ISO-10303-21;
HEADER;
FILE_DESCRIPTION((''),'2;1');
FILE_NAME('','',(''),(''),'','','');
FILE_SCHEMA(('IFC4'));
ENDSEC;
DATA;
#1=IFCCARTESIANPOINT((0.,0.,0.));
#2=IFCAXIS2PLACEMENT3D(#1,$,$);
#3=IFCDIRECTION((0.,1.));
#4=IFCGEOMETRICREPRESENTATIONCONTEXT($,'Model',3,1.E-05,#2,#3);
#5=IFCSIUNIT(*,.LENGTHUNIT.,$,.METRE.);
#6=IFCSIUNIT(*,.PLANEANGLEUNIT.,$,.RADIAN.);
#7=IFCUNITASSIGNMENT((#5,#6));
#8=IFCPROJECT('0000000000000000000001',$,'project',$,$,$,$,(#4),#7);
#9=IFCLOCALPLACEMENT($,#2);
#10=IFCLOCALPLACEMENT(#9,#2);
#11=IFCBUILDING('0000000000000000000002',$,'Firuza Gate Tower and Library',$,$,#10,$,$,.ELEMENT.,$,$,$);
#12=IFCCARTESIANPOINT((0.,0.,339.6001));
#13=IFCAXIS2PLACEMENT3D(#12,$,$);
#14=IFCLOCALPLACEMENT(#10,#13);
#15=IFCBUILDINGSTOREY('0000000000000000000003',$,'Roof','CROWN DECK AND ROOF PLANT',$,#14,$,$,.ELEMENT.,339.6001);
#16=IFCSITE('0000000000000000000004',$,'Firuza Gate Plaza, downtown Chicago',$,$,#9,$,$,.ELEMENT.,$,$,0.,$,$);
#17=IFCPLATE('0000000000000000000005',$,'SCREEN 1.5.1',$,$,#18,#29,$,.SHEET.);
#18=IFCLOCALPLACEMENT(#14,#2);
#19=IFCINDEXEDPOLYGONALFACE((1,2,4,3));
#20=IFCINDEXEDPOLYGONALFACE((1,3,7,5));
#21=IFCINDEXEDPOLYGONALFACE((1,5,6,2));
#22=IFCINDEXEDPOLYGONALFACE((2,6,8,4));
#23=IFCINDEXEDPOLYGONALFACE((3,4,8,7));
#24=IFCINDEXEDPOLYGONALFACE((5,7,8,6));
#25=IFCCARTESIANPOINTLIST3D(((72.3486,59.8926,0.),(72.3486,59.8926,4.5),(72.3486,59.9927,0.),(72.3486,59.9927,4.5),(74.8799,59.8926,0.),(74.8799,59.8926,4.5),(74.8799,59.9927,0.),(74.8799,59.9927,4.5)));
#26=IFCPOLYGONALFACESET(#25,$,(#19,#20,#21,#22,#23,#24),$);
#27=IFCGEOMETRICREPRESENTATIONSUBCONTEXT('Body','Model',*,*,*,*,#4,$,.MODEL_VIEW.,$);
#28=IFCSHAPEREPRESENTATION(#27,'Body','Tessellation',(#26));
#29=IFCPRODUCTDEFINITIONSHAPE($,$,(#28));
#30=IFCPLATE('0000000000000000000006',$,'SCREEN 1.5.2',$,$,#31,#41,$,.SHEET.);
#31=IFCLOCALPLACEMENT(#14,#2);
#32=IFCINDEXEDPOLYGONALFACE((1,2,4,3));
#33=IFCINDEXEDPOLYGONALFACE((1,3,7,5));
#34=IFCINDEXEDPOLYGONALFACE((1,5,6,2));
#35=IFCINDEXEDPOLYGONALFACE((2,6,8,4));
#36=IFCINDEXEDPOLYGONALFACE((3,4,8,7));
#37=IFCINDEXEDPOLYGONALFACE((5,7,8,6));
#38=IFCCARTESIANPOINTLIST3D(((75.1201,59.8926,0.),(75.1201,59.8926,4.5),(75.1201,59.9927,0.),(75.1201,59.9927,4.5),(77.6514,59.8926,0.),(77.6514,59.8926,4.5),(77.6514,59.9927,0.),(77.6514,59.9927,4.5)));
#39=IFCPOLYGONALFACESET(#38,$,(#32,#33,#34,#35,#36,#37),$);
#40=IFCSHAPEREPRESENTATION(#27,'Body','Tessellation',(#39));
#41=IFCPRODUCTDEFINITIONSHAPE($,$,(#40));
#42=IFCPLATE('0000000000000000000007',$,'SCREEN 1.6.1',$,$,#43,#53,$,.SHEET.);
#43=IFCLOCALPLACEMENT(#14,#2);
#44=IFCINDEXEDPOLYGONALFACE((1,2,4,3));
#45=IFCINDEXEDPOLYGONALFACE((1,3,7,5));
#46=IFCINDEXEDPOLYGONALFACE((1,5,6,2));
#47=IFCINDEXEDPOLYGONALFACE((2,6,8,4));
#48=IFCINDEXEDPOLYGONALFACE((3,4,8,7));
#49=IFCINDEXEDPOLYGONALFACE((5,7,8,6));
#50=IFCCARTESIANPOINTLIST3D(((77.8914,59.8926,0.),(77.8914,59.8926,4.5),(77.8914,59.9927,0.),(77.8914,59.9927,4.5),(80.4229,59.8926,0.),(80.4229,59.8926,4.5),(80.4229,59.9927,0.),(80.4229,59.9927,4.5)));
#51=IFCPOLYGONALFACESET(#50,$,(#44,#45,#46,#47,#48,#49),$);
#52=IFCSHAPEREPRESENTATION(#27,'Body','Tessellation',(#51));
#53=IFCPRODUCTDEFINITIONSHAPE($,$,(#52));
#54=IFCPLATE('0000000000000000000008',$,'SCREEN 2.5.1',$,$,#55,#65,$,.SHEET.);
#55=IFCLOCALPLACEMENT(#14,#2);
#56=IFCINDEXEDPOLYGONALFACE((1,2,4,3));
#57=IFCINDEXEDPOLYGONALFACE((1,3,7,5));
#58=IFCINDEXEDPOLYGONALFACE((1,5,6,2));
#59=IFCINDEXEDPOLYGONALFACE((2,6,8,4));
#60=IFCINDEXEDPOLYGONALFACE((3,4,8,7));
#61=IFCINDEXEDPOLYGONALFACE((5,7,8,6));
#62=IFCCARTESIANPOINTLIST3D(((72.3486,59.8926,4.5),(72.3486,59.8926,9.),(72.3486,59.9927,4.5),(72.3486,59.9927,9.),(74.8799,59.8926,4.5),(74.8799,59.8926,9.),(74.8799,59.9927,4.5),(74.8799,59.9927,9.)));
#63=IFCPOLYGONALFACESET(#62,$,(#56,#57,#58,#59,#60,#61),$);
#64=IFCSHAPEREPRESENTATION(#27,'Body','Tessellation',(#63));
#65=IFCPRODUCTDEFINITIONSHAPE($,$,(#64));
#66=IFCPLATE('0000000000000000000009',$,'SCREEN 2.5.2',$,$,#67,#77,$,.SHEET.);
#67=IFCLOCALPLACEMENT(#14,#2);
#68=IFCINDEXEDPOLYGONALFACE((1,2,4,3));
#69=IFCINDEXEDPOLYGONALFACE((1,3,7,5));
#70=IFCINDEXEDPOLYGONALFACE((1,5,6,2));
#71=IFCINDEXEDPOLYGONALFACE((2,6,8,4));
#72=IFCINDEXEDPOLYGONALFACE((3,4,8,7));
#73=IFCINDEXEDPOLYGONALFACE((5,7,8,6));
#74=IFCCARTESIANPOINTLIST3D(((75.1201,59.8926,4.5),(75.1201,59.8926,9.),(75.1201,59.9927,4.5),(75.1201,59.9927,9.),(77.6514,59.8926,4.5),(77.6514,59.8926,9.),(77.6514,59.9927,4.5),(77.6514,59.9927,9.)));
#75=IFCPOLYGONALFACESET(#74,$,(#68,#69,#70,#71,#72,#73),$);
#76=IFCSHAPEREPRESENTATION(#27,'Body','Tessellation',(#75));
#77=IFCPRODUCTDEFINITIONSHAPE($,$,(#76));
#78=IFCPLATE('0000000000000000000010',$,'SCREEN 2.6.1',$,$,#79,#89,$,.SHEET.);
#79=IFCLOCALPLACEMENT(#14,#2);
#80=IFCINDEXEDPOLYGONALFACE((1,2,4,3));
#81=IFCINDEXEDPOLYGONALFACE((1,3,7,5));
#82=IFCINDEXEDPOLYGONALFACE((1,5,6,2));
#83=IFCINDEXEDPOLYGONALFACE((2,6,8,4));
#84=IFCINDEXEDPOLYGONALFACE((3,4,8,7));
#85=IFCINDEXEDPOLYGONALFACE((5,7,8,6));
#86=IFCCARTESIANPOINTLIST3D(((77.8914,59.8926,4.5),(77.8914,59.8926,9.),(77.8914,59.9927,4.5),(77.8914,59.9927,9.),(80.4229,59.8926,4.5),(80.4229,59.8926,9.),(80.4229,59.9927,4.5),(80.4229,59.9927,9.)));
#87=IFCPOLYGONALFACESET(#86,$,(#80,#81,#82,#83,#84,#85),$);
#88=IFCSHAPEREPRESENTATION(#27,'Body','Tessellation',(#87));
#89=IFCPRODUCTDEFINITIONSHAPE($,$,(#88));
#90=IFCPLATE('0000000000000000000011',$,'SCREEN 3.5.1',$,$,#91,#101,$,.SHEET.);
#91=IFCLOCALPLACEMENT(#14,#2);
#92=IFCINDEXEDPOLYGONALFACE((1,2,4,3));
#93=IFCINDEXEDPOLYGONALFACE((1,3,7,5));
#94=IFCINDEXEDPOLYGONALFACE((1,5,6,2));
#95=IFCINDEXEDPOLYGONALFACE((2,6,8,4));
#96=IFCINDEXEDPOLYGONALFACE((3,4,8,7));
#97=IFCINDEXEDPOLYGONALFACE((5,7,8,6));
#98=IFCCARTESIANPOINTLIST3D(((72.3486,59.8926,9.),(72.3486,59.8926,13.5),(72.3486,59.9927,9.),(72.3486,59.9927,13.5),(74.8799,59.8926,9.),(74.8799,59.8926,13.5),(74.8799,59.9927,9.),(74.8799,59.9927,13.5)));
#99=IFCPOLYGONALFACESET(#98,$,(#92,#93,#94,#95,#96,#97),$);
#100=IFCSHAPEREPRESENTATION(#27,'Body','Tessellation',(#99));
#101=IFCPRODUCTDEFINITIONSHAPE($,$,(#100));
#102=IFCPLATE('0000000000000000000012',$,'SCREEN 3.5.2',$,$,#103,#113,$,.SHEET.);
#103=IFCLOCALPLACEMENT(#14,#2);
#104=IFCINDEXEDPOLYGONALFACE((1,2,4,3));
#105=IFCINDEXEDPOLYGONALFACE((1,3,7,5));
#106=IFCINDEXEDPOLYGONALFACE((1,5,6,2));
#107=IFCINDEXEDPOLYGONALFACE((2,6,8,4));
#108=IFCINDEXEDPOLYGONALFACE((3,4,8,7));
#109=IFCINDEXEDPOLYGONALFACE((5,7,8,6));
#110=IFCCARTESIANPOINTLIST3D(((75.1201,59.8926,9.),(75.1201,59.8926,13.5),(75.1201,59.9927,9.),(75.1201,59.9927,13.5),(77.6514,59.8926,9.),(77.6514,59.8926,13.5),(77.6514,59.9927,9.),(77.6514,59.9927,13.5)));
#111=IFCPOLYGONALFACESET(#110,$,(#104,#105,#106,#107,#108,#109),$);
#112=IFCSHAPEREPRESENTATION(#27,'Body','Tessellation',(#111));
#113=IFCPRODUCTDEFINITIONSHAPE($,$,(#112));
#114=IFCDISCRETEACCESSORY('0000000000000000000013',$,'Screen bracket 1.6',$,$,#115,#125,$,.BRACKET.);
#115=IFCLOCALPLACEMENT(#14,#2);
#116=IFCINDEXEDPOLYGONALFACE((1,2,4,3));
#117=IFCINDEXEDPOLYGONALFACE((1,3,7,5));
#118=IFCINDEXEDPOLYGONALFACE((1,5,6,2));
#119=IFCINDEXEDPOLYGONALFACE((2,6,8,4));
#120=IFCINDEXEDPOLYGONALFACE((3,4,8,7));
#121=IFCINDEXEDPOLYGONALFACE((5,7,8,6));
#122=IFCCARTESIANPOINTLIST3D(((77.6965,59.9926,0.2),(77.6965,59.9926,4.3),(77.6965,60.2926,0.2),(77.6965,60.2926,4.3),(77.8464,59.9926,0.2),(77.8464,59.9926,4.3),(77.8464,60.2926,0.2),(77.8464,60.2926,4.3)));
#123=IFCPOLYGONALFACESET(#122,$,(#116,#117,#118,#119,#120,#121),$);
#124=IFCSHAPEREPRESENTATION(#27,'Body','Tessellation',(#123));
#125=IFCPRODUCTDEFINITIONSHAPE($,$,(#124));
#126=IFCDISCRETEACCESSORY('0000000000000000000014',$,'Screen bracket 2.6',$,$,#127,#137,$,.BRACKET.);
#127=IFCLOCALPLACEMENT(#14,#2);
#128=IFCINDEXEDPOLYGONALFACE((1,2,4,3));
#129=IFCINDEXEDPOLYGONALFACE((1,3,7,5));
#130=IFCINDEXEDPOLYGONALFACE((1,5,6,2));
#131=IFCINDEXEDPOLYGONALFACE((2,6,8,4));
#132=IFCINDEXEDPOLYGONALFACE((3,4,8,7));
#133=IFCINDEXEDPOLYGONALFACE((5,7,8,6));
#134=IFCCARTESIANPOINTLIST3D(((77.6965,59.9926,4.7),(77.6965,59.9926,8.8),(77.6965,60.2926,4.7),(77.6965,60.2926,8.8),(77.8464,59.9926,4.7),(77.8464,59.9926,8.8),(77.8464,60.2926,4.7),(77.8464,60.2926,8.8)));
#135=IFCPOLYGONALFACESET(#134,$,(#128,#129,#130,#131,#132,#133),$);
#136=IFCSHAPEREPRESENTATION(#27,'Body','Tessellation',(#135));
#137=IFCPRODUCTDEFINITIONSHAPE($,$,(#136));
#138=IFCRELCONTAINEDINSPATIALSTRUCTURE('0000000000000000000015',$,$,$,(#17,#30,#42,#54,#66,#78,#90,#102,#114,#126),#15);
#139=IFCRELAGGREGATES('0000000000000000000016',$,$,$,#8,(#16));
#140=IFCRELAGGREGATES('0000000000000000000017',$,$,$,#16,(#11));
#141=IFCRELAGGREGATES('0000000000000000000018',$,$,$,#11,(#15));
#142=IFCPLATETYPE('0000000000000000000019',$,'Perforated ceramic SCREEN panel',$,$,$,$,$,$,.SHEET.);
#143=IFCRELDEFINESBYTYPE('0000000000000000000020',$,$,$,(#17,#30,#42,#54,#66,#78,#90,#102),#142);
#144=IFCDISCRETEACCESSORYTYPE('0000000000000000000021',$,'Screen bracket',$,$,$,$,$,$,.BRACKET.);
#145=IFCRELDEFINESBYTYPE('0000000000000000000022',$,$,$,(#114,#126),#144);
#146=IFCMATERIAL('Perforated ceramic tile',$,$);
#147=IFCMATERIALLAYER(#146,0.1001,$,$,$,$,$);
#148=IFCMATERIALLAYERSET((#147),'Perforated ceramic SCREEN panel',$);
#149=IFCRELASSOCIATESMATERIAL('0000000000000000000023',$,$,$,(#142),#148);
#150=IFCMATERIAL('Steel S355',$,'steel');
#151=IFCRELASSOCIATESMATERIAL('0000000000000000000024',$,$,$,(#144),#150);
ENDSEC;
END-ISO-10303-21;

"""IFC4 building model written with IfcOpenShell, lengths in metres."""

from ifc_helpers import new_model, si_unit, direction, frame, origin, origin_2d, place, context, subcontext, project, spatial, polyline, rectangle, outline, extrude, material, layer, layer_set, type_object, element, save


model = new_model("IFC4")

# Units and contexts
model_context = context("Model", 3, precision=1e-05, world=origin(), true_north=direction((0.0, 1.0)))
body_context = subcontext(model_context, "Body", "Model", "MODEL_VIEW")
ifc_project = project(units=[si_unit("LENGTHUNIT", "METRE"), si_unit("PLANEANGLEUNIT", "RADIAN")], contexts=[model_context])

# Site, building, storey
site_placement = place(None, origin())
site = spatial("IfcSite", under=ifc_project, at=site_placement, Name="Firuza Gate Plaza, downtown Chicago", CompositionType="ELEMENT", RefElevation=0.0)
building_placement = place(site_placement, origin())
building = spatial("IfcBuilding", under=site, at=building_placement, Name="Firuza Gate Tower and Library", CompositionType="ELEMENT")
storey_placement = place(building_placement, frame((0.0, 0.0, 339.6001)))
storey = spatial("IfcBuildingStorey", under=building, at=storey_placement, Name="Roof", Description="CROWN DECK AND ROOF PLANT", CompositionType="ELEMENT", Elevation=339.6001)

# Plates
ifc_material_1 = material(Name="Perforated ceramic tile")
ifc_layer = layer(ifc_material_1, 0.1001)
ifc_layer_set = layer_set([ifc_layer], Name="Perforated ceramic SCREEN panel")
plate_type = type_object("IfcPlateType", Name="Perforated ceramic SCREEN panel", PredefinedType="SHEET", material=ifc_layer_set)
for number, where, z_axis, x_axis, name in (
    (1, (72.3486, 59.8926, 0.0), (0.0, -1.0, 0.0), (1.0, 0.0, 0.0), "SCREEN 1.5.1"),
    (2, (75.1201, 59.8926, 0.0), (0.0, -1.0, 0.0), (1.0, 0.0, 0.0), "SCREEN 1.5.2"),
):
    element("IfcPlate", number, at=place(storey_placement, frame(where, z_axis=z_axis, x_axis=x_axis)), inside=storey, type_object=plate_type, Name=name, PredefinedType="SHEET", context=body_context, shape_type="SweptSolid", body=[
        extrude(outline(polyline([(0.0, 0.0), (2.5312, 0.0), (2.5312, 4.5), (0.0, 4.5), (0.0, 0.0)])), origin(), (0.0, 0.0, -1.0), 0.1001),
    ])
plate_1_placement = place(storey_placement, frame((77.8914, 59.8926, 0.0), z_axis=(0.0, -1.0, 0.0), x_axis=(1.0, 0.0, 0.0)))
element("IfcPlate", 3, at=plate_1_placement, inside=storey, type_object=plate_type, Name="SCREEN 1.6.1", PredefinedType="SHEET", context=body_context, shape_type="SweptSolid", body=[
    extrude(outline(polyline([(0.0, 0.0), (2.5315, 0.0), (2.5315, 4.5), (0.0, 4.5), (0.0, 0.0)])), origin(), (0.0, 0.0, -1.0), 0.1001),
])
for number, where, z_axis, x_axis, name in (
    (4, (72.3486, 59.8926, 4.5), (0.0, -1.0, 0.0), (1.0, 0.0, 0.0), "SCREEN 2.5.1"),
    (5, (75.1201, 59.8926, 4.5), (0.0, -1.0, 0.0), (1.0, 0.0, 0.0), "SCREEN 2.5.2"),
):
    element("IfcPlate", number, at=place(storey_placement, frame(where, z_axis=z_axis, x_axis=x_axis)), inside=storey, type_object=plate_type, Name=name, PredefinedType="SHEET", context=body_context, shape_type="SweptSolid", body=[
        extrude(outline(polyline([(0.0, 0.0), (2.5312, 0.0), (2.5312, 4.5), (0.0, 4.5), (0.0, 0.0)])), origin(), (0.0, 0.0, -1.0), 0.1001),
    ])
plate_2_placement = place(storey_placement, frame((77.8914, 59.8926, 4.5), z_axis=(0.0, -1.0, 0.0), x_axis=(1.0, 0.0, 0.0)))
element("IfcPlate", 6, at=plate_2_placement, inside=storey, type_object=plate_type, Name="SCREEN 2.6.1", PredefinedType="SHEET", context=body_context, shape_type="SweptSolid", body=[
    extrude(outline(polyline([(0.0, 0.0), (2.5315, 0.0), (2.5315, 4.5), (0.0, 4.5), (0.0, 0.0)])), origin(), (0.0, 0.0, -1.0), 0.1001),
])
for number, where, z_axis, x_axis, name in (
    (7, (72.3486, 59.8926, 9.0), (0.0, -1.0, 0.0), (1.0, 0.0, 0.0), "SCREEN 3.5.1"),
    (8, (75.1201, 59.8926, 9.0), (0.0, -1.0, 0.0), (1.0, 0.0, 0.0), "SCREEN 3.5.2"),
):
    element("IfcPlate", number, at=place(storey_placement, frame(where, z_axis=z_axis, x_axis=x_axis)), inside=storey, type_object=plate_type, Name=name, PredefinedType="SHEET", context=body_context, shape_type="SweptSolid", body=[
        extrude(outline(polyline([(0.0, 0.0), (2.5312, 0.0), (2.5312, 4.5), (0.0, 4.5), (0.0, 0.0)])), origin(), (0.0, 0.0, -1.0), 0.1001),
    ])

# Discrete accessories
ifc_material_2 = material(Name="Steel S355", Category="steel")
discrete_accessory_type = type_object("IfcDiscreteAccessoryType", Name="Screen bracket", PredefinedType="BRACKET", material=ifc_material_2)
for number, where, z_axis, x_axis, name in (
    (9, (77.7715, 60.1426, 0.2), (0.0, 0.0, 1.0), (0.0, -1.0, 0.0), "Screen bracket 1.6"),
    (10, (77.7715, 60.1426, 4.7), (0.0, 0.0, 1.0), (0.0, -1.0, 0.0), "Screen bracket 2.6"),
):
    element("IfcDiscreteAccessory", number, at=place(storey_placement, frame(where, z_axis=z_axis, x_axis=x_axis)), inside=storey, type_object=discrete_accessory_type, Name=name, PredefinedType="BRACKET", context=body_context, shape_type="SweptSolid", body=[
        extrude(rectangle(XDim=0.3, YDim=0.1499, at=origin_2d()), origin(), (0.0, 0.0, 1.0), 4.1001),
    ])

save(model, "model.ifc")
